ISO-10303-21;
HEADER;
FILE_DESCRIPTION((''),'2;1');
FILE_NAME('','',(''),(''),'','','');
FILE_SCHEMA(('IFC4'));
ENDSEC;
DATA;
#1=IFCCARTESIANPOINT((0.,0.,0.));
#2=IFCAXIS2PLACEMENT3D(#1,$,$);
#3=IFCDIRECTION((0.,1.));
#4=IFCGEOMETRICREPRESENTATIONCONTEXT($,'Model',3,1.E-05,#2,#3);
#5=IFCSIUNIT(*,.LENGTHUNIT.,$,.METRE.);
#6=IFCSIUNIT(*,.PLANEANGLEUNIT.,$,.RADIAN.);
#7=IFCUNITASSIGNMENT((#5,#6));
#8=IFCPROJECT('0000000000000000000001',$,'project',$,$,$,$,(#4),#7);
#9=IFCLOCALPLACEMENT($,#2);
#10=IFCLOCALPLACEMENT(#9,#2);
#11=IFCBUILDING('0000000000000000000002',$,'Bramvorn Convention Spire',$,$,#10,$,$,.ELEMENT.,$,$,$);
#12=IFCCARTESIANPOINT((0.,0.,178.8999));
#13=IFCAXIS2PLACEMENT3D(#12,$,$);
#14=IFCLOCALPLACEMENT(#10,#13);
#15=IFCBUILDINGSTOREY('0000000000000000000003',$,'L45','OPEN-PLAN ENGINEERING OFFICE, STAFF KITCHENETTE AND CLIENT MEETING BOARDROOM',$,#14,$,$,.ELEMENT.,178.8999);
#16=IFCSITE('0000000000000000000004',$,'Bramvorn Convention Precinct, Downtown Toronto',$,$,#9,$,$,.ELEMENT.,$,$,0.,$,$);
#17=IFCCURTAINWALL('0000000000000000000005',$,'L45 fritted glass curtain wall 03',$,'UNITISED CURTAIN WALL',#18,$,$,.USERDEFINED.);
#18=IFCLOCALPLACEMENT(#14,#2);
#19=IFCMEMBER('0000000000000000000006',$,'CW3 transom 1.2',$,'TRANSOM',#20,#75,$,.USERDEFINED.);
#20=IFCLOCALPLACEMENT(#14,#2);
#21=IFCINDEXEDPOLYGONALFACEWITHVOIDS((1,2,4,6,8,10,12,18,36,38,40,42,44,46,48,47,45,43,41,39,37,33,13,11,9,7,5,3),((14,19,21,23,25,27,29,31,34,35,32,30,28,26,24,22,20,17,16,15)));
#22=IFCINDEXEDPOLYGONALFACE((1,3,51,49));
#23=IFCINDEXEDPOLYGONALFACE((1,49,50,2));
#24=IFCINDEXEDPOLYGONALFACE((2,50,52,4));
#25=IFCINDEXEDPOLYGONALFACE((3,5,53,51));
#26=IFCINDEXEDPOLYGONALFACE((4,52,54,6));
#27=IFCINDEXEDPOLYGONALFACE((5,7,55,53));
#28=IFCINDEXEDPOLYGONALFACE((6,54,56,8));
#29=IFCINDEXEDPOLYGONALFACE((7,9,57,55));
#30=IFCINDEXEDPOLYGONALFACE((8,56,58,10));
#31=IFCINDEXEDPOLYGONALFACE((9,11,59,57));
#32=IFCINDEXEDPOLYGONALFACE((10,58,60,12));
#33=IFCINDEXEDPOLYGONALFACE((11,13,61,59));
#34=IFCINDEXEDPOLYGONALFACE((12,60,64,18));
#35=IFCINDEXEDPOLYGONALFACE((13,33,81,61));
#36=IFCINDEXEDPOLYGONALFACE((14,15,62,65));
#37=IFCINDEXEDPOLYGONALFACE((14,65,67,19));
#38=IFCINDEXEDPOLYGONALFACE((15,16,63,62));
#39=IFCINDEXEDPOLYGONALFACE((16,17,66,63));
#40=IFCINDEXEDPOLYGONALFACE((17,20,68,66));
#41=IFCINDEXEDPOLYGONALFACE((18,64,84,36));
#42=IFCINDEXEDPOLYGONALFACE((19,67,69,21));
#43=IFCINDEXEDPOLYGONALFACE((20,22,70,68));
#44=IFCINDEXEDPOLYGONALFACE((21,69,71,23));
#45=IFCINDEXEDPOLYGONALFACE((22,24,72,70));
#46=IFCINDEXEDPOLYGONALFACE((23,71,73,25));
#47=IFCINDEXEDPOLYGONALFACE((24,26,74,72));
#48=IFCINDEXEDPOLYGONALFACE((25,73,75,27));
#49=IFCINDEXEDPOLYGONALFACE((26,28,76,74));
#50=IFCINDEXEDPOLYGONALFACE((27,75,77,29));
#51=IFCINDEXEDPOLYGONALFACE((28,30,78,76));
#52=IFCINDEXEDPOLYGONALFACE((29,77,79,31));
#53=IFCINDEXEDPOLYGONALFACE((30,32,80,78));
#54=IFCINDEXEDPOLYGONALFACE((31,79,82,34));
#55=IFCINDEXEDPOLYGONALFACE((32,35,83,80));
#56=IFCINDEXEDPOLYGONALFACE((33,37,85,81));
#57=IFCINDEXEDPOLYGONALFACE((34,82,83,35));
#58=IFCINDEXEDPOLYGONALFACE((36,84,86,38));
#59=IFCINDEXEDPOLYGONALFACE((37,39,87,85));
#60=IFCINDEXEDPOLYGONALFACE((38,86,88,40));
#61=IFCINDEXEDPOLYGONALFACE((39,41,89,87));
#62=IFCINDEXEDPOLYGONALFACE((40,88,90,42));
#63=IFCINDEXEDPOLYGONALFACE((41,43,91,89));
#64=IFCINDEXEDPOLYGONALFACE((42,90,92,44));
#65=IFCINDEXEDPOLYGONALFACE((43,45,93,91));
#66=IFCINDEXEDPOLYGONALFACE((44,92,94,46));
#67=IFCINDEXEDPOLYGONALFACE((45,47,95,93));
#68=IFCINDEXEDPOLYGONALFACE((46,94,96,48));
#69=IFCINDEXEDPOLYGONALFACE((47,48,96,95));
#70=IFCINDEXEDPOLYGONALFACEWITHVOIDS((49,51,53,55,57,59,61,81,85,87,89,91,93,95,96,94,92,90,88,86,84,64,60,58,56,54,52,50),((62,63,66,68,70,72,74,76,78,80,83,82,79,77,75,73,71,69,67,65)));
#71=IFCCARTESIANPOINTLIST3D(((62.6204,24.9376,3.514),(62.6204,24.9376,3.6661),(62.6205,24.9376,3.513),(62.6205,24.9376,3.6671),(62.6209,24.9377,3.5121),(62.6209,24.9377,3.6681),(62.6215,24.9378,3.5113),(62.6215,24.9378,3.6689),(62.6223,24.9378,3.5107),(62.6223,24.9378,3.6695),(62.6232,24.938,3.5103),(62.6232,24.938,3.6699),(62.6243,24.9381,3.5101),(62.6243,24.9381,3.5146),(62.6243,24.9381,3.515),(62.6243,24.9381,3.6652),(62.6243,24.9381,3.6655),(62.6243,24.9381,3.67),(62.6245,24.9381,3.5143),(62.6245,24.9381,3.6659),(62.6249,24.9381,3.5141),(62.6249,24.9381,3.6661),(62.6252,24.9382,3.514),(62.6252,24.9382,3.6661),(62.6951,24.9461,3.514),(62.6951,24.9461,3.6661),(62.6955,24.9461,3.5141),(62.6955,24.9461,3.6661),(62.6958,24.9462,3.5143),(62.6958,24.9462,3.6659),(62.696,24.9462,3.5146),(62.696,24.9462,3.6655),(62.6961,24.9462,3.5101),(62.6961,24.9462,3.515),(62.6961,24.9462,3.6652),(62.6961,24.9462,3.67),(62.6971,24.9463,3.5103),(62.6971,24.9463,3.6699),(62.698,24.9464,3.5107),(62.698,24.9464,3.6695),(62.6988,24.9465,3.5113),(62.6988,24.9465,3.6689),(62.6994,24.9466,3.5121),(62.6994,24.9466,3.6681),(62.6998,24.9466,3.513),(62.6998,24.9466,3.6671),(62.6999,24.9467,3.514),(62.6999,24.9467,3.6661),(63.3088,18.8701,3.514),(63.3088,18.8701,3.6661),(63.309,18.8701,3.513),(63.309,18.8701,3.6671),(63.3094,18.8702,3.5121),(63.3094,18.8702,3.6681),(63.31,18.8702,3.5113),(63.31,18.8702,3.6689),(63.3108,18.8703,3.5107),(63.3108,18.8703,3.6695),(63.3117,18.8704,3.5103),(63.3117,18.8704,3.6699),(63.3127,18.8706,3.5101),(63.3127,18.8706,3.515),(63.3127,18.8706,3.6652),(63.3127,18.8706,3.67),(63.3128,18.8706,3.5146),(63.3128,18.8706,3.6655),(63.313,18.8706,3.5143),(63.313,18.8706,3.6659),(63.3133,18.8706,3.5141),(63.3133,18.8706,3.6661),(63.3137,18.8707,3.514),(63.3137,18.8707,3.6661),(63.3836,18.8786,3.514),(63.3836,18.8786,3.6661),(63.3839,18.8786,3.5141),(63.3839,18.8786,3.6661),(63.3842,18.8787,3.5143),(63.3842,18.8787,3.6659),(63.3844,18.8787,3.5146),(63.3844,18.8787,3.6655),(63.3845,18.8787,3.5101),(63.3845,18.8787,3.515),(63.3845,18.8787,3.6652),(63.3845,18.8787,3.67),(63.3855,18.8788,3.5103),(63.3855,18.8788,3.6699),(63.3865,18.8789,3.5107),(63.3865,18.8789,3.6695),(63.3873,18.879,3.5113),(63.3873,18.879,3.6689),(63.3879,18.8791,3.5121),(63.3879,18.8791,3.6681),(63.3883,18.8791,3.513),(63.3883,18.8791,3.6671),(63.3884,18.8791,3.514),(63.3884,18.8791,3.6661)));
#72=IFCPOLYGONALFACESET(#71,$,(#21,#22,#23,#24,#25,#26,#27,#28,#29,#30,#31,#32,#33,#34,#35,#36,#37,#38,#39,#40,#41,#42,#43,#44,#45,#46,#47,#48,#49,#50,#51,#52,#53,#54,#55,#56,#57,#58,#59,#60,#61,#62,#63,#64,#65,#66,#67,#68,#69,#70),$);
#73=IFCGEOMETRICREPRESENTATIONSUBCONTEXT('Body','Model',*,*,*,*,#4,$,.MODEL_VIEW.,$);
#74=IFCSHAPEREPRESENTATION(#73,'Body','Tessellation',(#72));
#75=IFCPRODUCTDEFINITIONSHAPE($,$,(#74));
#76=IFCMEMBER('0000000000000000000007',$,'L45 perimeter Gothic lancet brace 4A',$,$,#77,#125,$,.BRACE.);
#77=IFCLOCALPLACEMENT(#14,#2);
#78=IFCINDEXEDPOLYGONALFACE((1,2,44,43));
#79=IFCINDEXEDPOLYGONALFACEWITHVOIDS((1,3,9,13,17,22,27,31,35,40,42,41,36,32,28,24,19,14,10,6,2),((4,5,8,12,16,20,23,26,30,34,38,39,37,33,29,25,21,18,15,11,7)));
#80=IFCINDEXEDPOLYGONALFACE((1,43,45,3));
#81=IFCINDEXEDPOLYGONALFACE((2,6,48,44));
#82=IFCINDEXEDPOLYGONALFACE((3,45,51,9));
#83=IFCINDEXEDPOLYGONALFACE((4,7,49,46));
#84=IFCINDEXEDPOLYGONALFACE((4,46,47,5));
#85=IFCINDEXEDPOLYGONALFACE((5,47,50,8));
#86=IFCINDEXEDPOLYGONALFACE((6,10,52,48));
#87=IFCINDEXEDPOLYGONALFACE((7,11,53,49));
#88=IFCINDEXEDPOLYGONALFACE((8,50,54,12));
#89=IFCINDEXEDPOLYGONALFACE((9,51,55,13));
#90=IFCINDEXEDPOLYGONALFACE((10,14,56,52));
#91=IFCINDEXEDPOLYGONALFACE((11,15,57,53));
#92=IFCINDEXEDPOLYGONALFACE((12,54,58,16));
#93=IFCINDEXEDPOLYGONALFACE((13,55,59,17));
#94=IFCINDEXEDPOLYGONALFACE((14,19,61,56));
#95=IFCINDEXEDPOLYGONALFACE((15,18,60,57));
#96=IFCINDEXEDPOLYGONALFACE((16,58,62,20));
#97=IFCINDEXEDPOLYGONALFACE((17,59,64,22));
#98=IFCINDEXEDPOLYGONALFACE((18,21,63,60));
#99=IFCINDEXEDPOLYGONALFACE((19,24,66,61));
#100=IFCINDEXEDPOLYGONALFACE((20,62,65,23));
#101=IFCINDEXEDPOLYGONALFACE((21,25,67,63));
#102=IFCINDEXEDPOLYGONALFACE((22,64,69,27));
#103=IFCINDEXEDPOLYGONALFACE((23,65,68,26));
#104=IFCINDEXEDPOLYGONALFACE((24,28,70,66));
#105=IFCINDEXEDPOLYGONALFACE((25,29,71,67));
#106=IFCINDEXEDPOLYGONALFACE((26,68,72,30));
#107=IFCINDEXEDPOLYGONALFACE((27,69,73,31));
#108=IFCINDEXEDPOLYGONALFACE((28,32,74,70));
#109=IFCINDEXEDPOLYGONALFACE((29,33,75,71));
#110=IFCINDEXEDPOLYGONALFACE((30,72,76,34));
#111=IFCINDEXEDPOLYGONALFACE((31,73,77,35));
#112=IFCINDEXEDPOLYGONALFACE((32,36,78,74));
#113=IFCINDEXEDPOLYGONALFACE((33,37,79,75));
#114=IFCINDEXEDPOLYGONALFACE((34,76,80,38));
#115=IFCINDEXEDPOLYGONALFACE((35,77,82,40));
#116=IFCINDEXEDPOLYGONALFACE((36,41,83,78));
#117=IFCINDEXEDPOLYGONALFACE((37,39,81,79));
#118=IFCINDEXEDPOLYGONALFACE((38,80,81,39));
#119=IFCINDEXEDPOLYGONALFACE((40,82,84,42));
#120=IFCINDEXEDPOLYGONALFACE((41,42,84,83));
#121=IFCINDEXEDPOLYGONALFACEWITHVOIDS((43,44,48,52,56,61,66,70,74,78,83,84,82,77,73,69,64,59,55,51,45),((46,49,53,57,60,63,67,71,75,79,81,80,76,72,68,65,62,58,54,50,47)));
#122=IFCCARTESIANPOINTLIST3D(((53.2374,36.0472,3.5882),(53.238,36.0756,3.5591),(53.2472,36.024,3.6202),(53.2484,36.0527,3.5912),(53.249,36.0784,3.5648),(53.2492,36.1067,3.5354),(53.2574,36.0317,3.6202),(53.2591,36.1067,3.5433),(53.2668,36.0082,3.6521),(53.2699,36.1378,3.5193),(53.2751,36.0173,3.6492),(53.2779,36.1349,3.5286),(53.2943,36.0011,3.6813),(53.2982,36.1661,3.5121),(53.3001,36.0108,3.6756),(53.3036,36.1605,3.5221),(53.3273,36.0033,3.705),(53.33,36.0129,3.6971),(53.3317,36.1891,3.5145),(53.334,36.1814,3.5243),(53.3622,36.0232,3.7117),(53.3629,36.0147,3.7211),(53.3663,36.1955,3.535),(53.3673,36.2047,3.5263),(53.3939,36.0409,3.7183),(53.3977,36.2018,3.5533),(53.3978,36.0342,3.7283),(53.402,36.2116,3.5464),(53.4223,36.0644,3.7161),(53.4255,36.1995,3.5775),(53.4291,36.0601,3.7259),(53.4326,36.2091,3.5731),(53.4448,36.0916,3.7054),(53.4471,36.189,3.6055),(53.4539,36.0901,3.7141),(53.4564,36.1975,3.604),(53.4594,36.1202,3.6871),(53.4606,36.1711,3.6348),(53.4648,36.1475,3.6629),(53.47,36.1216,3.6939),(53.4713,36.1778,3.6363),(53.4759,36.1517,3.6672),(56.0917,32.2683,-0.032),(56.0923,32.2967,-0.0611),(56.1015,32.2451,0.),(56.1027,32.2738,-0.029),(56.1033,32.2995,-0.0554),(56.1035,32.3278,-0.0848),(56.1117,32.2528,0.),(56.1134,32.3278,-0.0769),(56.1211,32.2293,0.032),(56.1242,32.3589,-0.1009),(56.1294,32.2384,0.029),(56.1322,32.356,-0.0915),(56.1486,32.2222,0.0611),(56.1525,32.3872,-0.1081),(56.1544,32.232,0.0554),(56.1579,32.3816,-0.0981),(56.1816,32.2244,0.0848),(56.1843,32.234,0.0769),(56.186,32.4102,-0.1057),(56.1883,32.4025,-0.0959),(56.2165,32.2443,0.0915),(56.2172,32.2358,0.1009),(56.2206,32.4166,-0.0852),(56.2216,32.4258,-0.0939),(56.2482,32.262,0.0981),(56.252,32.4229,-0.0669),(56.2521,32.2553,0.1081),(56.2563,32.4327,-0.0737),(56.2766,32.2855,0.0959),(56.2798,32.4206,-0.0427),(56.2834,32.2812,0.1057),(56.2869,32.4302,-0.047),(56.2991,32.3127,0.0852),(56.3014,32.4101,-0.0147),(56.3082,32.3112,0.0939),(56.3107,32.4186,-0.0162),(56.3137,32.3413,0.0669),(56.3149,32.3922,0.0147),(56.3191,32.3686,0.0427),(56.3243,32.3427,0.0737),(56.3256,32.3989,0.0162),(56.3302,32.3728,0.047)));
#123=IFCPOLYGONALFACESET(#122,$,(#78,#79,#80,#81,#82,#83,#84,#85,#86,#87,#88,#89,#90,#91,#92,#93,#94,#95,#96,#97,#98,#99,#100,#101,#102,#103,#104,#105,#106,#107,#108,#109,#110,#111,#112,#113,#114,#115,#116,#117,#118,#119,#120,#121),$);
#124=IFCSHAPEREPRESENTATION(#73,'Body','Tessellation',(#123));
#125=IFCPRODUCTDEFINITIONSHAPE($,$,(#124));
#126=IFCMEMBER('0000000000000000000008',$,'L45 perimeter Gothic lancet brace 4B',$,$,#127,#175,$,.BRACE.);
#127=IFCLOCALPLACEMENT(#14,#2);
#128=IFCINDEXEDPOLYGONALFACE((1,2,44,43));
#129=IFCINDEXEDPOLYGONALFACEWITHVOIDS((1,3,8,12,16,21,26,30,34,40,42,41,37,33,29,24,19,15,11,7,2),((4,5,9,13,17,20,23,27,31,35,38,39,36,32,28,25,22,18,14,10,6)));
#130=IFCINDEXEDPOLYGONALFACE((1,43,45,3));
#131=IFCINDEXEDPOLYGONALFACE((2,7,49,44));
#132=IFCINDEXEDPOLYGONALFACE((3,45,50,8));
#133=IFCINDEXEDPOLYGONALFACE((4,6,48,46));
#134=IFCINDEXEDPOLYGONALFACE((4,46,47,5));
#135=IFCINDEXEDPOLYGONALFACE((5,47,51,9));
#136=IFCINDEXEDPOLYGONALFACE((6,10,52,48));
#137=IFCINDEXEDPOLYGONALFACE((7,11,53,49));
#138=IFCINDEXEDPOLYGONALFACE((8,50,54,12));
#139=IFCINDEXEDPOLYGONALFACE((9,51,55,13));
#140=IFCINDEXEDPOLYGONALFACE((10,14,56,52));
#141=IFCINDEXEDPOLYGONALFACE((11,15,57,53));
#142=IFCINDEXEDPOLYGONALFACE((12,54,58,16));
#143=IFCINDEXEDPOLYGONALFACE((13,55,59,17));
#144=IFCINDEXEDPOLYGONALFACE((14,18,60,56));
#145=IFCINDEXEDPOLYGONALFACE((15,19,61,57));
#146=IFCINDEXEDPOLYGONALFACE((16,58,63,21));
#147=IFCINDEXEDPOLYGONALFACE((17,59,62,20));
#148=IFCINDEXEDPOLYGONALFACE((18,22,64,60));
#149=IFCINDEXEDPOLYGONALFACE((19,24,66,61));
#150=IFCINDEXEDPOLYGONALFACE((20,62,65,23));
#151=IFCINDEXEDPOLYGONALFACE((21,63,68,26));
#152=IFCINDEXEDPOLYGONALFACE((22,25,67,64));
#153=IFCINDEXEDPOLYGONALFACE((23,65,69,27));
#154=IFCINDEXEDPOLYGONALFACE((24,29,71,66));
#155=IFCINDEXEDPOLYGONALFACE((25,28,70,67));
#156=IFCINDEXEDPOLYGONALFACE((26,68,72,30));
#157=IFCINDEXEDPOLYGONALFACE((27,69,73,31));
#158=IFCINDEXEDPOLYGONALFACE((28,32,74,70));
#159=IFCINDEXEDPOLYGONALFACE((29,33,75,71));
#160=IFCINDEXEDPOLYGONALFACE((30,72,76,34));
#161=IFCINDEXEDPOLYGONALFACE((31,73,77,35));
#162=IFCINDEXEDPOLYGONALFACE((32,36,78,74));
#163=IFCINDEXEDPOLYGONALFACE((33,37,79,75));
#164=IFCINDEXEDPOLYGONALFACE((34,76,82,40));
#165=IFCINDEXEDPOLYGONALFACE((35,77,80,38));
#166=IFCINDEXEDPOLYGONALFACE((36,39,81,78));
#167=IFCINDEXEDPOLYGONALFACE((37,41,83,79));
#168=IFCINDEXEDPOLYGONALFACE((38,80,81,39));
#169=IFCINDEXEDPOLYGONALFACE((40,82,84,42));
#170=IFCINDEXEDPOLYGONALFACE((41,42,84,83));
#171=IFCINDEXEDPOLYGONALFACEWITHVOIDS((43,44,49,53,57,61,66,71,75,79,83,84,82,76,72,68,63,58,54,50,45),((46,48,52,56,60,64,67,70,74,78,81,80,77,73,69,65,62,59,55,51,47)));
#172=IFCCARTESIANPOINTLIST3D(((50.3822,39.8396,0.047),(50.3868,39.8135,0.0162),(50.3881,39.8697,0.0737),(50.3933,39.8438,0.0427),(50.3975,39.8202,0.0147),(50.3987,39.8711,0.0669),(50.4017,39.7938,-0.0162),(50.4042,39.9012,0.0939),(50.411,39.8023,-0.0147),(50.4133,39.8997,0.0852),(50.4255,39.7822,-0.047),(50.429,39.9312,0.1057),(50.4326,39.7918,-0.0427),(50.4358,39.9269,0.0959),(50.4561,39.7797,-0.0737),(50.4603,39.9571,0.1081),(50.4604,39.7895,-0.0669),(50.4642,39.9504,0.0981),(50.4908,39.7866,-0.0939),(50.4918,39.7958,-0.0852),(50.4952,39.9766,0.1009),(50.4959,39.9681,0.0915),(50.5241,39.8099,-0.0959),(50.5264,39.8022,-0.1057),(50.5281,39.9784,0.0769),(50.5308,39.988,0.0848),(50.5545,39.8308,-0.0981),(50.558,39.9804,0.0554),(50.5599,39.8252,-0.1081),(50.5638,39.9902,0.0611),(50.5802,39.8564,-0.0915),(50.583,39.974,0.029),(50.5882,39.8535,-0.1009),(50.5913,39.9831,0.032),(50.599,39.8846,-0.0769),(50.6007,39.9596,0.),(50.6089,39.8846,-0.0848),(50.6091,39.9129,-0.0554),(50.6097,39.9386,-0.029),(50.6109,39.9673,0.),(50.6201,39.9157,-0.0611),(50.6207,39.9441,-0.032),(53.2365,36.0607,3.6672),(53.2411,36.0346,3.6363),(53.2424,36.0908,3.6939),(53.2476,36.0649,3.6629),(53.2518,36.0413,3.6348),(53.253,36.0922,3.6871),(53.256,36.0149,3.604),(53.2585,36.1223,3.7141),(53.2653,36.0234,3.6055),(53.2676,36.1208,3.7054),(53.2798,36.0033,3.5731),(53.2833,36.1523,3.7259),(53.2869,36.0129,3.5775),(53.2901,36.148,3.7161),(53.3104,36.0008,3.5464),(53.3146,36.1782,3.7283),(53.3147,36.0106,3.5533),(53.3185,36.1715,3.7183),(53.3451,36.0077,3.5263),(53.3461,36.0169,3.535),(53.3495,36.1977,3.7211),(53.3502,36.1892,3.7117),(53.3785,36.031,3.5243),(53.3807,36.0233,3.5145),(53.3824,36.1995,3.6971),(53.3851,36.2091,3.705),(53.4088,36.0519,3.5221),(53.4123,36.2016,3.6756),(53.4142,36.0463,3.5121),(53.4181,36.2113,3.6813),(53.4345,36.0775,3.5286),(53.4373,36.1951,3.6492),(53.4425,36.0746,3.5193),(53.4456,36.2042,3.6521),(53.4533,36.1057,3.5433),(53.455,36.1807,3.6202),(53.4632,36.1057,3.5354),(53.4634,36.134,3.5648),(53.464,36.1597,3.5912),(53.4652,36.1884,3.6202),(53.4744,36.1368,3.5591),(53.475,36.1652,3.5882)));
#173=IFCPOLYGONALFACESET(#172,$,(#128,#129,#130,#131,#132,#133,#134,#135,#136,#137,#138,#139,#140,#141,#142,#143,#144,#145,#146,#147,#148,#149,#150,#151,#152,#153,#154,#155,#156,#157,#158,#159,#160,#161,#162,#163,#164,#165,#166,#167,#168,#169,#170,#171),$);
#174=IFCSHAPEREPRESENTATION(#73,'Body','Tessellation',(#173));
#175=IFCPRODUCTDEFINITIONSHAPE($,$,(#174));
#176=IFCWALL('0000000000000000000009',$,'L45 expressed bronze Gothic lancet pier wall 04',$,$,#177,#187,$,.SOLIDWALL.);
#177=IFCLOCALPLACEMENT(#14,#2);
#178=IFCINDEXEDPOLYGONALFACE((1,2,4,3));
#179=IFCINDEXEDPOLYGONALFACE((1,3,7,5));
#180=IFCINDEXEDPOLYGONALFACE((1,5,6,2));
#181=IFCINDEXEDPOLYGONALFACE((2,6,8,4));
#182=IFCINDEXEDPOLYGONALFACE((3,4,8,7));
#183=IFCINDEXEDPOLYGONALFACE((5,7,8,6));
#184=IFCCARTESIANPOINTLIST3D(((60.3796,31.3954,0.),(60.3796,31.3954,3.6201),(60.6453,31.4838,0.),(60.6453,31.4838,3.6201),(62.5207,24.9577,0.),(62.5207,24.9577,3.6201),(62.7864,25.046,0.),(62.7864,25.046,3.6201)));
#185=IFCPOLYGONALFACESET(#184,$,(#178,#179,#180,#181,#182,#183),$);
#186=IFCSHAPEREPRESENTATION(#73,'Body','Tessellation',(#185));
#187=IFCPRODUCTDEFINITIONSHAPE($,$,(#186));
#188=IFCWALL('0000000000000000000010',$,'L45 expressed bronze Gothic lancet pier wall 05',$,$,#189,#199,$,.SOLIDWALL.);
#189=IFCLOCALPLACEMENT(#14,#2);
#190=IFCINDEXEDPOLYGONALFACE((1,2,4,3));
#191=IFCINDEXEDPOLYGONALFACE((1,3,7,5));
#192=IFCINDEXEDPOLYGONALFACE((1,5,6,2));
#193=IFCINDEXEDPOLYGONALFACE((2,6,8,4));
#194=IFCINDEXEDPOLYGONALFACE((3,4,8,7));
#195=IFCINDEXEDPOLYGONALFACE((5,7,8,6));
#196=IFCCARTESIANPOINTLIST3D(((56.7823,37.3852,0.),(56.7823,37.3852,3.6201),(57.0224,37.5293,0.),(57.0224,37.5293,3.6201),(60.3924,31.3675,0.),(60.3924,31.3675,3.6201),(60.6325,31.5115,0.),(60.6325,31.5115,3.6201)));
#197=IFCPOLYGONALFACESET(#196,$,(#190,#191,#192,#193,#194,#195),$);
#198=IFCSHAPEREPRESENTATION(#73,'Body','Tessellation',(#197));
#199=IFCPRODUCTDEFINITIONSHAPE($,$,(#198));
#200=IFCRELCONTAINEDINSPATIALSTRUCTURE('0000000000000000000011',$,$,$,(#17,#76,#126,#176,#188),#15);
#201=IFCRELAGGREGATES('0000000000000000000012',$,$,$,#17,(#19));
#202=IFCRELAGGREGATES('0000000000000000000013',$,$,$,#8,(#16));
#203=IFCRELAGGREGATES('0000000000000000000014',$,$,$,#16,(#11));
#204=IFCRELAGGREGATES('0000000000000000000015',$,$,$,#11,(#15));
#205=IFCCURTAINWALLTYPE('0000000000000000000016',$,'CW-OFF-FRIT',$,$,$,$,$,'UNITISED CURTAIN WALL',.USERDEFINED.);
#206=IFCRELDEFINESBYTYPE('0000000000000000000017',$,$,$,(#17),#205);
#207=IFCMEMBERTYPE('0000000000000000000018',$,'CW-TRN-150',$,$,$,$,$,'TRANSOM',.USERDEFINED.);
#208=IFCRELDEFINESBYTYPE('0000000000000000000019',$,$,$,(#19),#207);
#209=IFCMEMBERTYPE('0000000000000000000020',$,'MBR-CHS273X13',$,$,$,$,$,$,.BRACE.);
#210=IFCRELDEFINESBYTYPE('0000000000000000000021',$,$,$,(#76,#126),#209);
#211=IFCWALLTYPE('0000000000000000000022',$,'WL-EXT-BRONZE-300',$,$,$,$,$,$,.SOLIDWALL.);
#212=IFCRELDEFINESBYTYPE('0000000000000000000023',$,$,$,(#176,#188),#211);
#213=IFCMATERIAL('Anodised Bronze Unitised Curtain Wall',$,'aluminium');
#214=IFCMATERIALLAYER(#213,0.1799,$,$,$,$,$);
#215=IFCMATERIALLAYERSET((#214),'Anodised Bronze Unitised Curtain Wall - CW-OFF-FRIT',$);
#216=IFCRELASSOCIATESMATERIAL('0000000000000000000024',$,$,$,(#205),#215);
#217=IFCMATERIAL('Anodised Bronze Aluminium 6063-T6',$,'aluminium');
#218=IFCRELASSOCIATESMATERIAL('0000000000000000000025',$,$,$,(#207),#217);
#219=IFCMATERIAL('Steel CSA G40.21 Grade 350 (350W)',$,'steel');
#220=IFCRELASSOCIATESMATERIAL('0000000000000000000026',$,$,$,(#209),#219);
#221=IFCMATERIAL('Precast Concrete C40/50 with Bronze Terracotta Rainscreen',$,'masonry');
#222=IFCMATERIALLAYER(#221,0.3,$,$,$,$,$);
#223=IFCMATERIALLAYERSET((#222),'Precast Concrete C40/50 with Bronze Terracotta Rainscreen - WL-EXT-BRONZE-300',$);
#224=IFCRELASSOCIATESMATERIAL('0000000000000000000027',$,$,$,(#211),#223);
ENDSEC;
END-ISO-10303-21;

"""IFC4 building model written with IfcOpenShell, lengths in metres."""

from ifc_helpers import new_model, si_unit, direction, frame, frame_2d, origin, origin_2d, place, context, subcontext, project, spatial, rectangle, hollow_rectangle, hollow_circle, extrude, material, layer, layer_set, material_profile, profile_set, type_object, element, aggregate, save


model = new_model("IFC4")

# Units and contexts
model_context = context("Model", 3, precision=1e-05, world=origin(), true_north=direction((0.0, 1.0)))
body_context = subcontext(model_context, "Body", "Model", "MODEL_VIEW")
ifc_project = project(units=[si_unit("LENGTHUNIT", "METRE"), si_unit("PLANEANGLEUNIT", "RADIAN")], contexts=[model_context])

# Site, building, storey
site_placement = place(None, origin())
site = spatial("IfcSite", under=ifc_project, at=site_placement, Name="Bramvorn Convention Precinct, Downtown Toronto", CompositionType="ELEMENT", RefElevation=0.0)
building_placement = place(site_placement, origin())
building = spatial("IfcBuilding", under=site, at=building_placement, Name="Bramvorn Convention Spire", CompositionType="ELEMENT")
storey_placement = place(building_placement, frame((0.0, 0.0, 178.8999)))
storey = spatial("IfcBuildingStorey", under=building, at=storey_placement, Name="L45", Description="OPEN-PLAN ENGINEERING OFFICE, STAFF KITCHENETTE AND CLIENT MEETING BOARDROOM", CompositionType="ELEMENT", Elevation=178.8999)

# Shared definitions
ifc_material_1 = material(Name="Steel CSA G40.21 Grade 350 (350W)", Category="steel")

# Curtain wall, member
ifc_material_2 = material(Name="Anodised Bronze Unitised Curtain Wall", Category="aluminium")
ifc_layer_1 = layer(ifc_material_2, 0.1799)
ifc_layer_set_1 = layer_set([ifc_layer_1], Name="Anodised Bronze Unitised Curtain Wall - CW-OFF-FRIT")
curtain_wall_type = type_object("IfcCurtainWallType", Name="CW-OFF-FRIT", ElementType="UNITISED CURTAIN WALL", PredefinedType="USERDEFINED", material=ifc_layer_set_1)
curtain_wall_placement = place(storey_placement, origin())
curtain_wall = element("IfcCurtainWall", 1, at=curtain_wall_placement, inside=storey, type_object=curtain_wall_type, Name="L45 fritted glass curtain wall 03", ObjectType="UNITISED CURTAIN WALL", PredefinedType="USERDEFINED")
ifc_material_3 = material(Name="Anodised Bronze Aluminium 6063-T6", Category="aluminium")
ifc_material_profile_1 = material_profile(ifc_material_3, hollow_rectangle(XDim=0.0801, YDim=0.1599, WallThickness=0.0039, InnerFilletRadius=0.001, OuterFilletRadius=0.0039, at=origin_2d()))
ifc_profile_set_1 = profile_set([ifc_material_profile_1], Name="Anodised Bronze Aluminium 6063-T6 - CWT80X160")
member_type_1 = type_object("IfcMemberType", Name="CW-TRN-150", ElementType="TRANSOM", PredefinedType="USERDEFINED", material=ifc_profile_set_1)
member_1_placement = place(storey_placement, frame((62.6602, 24.9421, 3.5901), z_axis=(0.112744, -0.993624, 0.0), x_axis=(0.993624, 0.112744, 0.0)))
member_1 = element("IfcMember", 2, at=member_1_placement, type_object=member_type_1, Name="CW3 transom 1.2", ObjectType="TRANSOM", PredefinedType="USERDEFINED", context=body_context, shape_type="SweptSolid", body=[
    extrude(hollow_rectangle(XDim=0.0801, YDim=0.1599, WallThickness=0.0039, InnerFilletRadius=0.001, OuterFilletRadius=0.0039, at=origin_2d()), origin(), (0.0, 0.0, 1.0), 6.1064),
])
aggregate(curtain_wall, [member_1])

# Members
ifc_material_profile_2 = material_profile(ifc_material_1, hollow_circle(Radius=0.1365, WallThickness=0.0127, at=origin_2d()))
ifc_profile_set_2 = profile_set([ifc_material_profile_2], Name="Steel CSA G40.21 Grade 350 (350W) - CHS273X13")
member_type_2 = type_object("IfcMemberType", Name="MBR-CHS273X13", PredefinedType="BRACE", material=ifc_profile_set_2)
for number, where, z_axis, x_axis, name in (
    (3, (56.2104, 32.3274, 0.0), (-0.478835, 0.633941, 0.607319), (-0.797954, -0.602719, 0.0), "L45 perimeter Gothic lancet brace 4A"),
    (4, (50.502, 39.885, 0.0), (0.478835, -0.633941, 0.607319), (0.797954, 0.602719, 0.0), "L45 perimeter Gothic lancet brace 4B"),
):
    element("IfcMember", number, at=place(storey_placement, frame(where, z_axis=z_axis, x_axis=x_axis)), inside=storey, type_object=member_type_2, Name=name, PredefinedType="BRACE", context=body_context, shape_type="SweptSolid", body=[
        extrude(hollow_circle(Radius=0.1365, WallThickness=0.0127, at=origin_2d()), origin(), (0.0, 0.0, 1.0), 5.9609),
    ])

# Walls
ifc_material_4 = material(Name="Precast Concrete C40/50 with Bronze Terracotta Rainscreen", Category="masonry")
ifc_layer_2 = layer(ifc_material_4, 0.3)
ifc_layer_set_2 = layer_set([ifc_layer_2], Name="Precast Concrete C40/50 with Bronze Terracotta Rainscreen - WL-EXT-BRONZE-300")
wall_type_1 = type_object("IfcWallType", Name="WL-EXT-BRONZE-300", PredefinedType="SOLIDWALL", material=ifc_layer_set_2)
wall_1_placement = place(storey_placement, frame((60.5125, 31.4395, 0.0), z_axis=(0.0, 0.0, 1.0), x_axis=(0.315591, -0.948895, 0.0)))
element("IfcWall", 5, at=wall_1_placement, inside=storey, type_object=wall_type_1, Name="L45 expressed bronze Gothic lancet pier wall 04", PredefinedType="SOLIDWALL", context=body_context, shape_type="SweptSolid", body=[
    extrude(rectangle(XDim=6.7844, YDim=0.28, at=frame_2d((3.3921, 0.0))), origin(), (0.0, 0.0, 1.0), 3.6201),
])
wall_2_placement = place(storey_placement, frame((56.9023, 37.4573, 0.0), z_axis=(0.0, 0.0, 1.0), x_axis=(0.514434, -0.85753, 0.0)))
element("IfcWall", 6, at=wall_2_placement, inside=storey, type_object=wall_type_1, Name="L45 expressed bronze Gothic lancet pier wall 05", PredefinedType="SOLIDWALL", context=body_context, shape_type="SweptSolid", body=[
    extrude(rectangle(XDim=7.0176, YDim=0.28, at=frame_2d((3.5088, 0.0))), origin(), (0.0, 0.0, 1.0), 3.6201),
])

save(model, "model.ifc")
